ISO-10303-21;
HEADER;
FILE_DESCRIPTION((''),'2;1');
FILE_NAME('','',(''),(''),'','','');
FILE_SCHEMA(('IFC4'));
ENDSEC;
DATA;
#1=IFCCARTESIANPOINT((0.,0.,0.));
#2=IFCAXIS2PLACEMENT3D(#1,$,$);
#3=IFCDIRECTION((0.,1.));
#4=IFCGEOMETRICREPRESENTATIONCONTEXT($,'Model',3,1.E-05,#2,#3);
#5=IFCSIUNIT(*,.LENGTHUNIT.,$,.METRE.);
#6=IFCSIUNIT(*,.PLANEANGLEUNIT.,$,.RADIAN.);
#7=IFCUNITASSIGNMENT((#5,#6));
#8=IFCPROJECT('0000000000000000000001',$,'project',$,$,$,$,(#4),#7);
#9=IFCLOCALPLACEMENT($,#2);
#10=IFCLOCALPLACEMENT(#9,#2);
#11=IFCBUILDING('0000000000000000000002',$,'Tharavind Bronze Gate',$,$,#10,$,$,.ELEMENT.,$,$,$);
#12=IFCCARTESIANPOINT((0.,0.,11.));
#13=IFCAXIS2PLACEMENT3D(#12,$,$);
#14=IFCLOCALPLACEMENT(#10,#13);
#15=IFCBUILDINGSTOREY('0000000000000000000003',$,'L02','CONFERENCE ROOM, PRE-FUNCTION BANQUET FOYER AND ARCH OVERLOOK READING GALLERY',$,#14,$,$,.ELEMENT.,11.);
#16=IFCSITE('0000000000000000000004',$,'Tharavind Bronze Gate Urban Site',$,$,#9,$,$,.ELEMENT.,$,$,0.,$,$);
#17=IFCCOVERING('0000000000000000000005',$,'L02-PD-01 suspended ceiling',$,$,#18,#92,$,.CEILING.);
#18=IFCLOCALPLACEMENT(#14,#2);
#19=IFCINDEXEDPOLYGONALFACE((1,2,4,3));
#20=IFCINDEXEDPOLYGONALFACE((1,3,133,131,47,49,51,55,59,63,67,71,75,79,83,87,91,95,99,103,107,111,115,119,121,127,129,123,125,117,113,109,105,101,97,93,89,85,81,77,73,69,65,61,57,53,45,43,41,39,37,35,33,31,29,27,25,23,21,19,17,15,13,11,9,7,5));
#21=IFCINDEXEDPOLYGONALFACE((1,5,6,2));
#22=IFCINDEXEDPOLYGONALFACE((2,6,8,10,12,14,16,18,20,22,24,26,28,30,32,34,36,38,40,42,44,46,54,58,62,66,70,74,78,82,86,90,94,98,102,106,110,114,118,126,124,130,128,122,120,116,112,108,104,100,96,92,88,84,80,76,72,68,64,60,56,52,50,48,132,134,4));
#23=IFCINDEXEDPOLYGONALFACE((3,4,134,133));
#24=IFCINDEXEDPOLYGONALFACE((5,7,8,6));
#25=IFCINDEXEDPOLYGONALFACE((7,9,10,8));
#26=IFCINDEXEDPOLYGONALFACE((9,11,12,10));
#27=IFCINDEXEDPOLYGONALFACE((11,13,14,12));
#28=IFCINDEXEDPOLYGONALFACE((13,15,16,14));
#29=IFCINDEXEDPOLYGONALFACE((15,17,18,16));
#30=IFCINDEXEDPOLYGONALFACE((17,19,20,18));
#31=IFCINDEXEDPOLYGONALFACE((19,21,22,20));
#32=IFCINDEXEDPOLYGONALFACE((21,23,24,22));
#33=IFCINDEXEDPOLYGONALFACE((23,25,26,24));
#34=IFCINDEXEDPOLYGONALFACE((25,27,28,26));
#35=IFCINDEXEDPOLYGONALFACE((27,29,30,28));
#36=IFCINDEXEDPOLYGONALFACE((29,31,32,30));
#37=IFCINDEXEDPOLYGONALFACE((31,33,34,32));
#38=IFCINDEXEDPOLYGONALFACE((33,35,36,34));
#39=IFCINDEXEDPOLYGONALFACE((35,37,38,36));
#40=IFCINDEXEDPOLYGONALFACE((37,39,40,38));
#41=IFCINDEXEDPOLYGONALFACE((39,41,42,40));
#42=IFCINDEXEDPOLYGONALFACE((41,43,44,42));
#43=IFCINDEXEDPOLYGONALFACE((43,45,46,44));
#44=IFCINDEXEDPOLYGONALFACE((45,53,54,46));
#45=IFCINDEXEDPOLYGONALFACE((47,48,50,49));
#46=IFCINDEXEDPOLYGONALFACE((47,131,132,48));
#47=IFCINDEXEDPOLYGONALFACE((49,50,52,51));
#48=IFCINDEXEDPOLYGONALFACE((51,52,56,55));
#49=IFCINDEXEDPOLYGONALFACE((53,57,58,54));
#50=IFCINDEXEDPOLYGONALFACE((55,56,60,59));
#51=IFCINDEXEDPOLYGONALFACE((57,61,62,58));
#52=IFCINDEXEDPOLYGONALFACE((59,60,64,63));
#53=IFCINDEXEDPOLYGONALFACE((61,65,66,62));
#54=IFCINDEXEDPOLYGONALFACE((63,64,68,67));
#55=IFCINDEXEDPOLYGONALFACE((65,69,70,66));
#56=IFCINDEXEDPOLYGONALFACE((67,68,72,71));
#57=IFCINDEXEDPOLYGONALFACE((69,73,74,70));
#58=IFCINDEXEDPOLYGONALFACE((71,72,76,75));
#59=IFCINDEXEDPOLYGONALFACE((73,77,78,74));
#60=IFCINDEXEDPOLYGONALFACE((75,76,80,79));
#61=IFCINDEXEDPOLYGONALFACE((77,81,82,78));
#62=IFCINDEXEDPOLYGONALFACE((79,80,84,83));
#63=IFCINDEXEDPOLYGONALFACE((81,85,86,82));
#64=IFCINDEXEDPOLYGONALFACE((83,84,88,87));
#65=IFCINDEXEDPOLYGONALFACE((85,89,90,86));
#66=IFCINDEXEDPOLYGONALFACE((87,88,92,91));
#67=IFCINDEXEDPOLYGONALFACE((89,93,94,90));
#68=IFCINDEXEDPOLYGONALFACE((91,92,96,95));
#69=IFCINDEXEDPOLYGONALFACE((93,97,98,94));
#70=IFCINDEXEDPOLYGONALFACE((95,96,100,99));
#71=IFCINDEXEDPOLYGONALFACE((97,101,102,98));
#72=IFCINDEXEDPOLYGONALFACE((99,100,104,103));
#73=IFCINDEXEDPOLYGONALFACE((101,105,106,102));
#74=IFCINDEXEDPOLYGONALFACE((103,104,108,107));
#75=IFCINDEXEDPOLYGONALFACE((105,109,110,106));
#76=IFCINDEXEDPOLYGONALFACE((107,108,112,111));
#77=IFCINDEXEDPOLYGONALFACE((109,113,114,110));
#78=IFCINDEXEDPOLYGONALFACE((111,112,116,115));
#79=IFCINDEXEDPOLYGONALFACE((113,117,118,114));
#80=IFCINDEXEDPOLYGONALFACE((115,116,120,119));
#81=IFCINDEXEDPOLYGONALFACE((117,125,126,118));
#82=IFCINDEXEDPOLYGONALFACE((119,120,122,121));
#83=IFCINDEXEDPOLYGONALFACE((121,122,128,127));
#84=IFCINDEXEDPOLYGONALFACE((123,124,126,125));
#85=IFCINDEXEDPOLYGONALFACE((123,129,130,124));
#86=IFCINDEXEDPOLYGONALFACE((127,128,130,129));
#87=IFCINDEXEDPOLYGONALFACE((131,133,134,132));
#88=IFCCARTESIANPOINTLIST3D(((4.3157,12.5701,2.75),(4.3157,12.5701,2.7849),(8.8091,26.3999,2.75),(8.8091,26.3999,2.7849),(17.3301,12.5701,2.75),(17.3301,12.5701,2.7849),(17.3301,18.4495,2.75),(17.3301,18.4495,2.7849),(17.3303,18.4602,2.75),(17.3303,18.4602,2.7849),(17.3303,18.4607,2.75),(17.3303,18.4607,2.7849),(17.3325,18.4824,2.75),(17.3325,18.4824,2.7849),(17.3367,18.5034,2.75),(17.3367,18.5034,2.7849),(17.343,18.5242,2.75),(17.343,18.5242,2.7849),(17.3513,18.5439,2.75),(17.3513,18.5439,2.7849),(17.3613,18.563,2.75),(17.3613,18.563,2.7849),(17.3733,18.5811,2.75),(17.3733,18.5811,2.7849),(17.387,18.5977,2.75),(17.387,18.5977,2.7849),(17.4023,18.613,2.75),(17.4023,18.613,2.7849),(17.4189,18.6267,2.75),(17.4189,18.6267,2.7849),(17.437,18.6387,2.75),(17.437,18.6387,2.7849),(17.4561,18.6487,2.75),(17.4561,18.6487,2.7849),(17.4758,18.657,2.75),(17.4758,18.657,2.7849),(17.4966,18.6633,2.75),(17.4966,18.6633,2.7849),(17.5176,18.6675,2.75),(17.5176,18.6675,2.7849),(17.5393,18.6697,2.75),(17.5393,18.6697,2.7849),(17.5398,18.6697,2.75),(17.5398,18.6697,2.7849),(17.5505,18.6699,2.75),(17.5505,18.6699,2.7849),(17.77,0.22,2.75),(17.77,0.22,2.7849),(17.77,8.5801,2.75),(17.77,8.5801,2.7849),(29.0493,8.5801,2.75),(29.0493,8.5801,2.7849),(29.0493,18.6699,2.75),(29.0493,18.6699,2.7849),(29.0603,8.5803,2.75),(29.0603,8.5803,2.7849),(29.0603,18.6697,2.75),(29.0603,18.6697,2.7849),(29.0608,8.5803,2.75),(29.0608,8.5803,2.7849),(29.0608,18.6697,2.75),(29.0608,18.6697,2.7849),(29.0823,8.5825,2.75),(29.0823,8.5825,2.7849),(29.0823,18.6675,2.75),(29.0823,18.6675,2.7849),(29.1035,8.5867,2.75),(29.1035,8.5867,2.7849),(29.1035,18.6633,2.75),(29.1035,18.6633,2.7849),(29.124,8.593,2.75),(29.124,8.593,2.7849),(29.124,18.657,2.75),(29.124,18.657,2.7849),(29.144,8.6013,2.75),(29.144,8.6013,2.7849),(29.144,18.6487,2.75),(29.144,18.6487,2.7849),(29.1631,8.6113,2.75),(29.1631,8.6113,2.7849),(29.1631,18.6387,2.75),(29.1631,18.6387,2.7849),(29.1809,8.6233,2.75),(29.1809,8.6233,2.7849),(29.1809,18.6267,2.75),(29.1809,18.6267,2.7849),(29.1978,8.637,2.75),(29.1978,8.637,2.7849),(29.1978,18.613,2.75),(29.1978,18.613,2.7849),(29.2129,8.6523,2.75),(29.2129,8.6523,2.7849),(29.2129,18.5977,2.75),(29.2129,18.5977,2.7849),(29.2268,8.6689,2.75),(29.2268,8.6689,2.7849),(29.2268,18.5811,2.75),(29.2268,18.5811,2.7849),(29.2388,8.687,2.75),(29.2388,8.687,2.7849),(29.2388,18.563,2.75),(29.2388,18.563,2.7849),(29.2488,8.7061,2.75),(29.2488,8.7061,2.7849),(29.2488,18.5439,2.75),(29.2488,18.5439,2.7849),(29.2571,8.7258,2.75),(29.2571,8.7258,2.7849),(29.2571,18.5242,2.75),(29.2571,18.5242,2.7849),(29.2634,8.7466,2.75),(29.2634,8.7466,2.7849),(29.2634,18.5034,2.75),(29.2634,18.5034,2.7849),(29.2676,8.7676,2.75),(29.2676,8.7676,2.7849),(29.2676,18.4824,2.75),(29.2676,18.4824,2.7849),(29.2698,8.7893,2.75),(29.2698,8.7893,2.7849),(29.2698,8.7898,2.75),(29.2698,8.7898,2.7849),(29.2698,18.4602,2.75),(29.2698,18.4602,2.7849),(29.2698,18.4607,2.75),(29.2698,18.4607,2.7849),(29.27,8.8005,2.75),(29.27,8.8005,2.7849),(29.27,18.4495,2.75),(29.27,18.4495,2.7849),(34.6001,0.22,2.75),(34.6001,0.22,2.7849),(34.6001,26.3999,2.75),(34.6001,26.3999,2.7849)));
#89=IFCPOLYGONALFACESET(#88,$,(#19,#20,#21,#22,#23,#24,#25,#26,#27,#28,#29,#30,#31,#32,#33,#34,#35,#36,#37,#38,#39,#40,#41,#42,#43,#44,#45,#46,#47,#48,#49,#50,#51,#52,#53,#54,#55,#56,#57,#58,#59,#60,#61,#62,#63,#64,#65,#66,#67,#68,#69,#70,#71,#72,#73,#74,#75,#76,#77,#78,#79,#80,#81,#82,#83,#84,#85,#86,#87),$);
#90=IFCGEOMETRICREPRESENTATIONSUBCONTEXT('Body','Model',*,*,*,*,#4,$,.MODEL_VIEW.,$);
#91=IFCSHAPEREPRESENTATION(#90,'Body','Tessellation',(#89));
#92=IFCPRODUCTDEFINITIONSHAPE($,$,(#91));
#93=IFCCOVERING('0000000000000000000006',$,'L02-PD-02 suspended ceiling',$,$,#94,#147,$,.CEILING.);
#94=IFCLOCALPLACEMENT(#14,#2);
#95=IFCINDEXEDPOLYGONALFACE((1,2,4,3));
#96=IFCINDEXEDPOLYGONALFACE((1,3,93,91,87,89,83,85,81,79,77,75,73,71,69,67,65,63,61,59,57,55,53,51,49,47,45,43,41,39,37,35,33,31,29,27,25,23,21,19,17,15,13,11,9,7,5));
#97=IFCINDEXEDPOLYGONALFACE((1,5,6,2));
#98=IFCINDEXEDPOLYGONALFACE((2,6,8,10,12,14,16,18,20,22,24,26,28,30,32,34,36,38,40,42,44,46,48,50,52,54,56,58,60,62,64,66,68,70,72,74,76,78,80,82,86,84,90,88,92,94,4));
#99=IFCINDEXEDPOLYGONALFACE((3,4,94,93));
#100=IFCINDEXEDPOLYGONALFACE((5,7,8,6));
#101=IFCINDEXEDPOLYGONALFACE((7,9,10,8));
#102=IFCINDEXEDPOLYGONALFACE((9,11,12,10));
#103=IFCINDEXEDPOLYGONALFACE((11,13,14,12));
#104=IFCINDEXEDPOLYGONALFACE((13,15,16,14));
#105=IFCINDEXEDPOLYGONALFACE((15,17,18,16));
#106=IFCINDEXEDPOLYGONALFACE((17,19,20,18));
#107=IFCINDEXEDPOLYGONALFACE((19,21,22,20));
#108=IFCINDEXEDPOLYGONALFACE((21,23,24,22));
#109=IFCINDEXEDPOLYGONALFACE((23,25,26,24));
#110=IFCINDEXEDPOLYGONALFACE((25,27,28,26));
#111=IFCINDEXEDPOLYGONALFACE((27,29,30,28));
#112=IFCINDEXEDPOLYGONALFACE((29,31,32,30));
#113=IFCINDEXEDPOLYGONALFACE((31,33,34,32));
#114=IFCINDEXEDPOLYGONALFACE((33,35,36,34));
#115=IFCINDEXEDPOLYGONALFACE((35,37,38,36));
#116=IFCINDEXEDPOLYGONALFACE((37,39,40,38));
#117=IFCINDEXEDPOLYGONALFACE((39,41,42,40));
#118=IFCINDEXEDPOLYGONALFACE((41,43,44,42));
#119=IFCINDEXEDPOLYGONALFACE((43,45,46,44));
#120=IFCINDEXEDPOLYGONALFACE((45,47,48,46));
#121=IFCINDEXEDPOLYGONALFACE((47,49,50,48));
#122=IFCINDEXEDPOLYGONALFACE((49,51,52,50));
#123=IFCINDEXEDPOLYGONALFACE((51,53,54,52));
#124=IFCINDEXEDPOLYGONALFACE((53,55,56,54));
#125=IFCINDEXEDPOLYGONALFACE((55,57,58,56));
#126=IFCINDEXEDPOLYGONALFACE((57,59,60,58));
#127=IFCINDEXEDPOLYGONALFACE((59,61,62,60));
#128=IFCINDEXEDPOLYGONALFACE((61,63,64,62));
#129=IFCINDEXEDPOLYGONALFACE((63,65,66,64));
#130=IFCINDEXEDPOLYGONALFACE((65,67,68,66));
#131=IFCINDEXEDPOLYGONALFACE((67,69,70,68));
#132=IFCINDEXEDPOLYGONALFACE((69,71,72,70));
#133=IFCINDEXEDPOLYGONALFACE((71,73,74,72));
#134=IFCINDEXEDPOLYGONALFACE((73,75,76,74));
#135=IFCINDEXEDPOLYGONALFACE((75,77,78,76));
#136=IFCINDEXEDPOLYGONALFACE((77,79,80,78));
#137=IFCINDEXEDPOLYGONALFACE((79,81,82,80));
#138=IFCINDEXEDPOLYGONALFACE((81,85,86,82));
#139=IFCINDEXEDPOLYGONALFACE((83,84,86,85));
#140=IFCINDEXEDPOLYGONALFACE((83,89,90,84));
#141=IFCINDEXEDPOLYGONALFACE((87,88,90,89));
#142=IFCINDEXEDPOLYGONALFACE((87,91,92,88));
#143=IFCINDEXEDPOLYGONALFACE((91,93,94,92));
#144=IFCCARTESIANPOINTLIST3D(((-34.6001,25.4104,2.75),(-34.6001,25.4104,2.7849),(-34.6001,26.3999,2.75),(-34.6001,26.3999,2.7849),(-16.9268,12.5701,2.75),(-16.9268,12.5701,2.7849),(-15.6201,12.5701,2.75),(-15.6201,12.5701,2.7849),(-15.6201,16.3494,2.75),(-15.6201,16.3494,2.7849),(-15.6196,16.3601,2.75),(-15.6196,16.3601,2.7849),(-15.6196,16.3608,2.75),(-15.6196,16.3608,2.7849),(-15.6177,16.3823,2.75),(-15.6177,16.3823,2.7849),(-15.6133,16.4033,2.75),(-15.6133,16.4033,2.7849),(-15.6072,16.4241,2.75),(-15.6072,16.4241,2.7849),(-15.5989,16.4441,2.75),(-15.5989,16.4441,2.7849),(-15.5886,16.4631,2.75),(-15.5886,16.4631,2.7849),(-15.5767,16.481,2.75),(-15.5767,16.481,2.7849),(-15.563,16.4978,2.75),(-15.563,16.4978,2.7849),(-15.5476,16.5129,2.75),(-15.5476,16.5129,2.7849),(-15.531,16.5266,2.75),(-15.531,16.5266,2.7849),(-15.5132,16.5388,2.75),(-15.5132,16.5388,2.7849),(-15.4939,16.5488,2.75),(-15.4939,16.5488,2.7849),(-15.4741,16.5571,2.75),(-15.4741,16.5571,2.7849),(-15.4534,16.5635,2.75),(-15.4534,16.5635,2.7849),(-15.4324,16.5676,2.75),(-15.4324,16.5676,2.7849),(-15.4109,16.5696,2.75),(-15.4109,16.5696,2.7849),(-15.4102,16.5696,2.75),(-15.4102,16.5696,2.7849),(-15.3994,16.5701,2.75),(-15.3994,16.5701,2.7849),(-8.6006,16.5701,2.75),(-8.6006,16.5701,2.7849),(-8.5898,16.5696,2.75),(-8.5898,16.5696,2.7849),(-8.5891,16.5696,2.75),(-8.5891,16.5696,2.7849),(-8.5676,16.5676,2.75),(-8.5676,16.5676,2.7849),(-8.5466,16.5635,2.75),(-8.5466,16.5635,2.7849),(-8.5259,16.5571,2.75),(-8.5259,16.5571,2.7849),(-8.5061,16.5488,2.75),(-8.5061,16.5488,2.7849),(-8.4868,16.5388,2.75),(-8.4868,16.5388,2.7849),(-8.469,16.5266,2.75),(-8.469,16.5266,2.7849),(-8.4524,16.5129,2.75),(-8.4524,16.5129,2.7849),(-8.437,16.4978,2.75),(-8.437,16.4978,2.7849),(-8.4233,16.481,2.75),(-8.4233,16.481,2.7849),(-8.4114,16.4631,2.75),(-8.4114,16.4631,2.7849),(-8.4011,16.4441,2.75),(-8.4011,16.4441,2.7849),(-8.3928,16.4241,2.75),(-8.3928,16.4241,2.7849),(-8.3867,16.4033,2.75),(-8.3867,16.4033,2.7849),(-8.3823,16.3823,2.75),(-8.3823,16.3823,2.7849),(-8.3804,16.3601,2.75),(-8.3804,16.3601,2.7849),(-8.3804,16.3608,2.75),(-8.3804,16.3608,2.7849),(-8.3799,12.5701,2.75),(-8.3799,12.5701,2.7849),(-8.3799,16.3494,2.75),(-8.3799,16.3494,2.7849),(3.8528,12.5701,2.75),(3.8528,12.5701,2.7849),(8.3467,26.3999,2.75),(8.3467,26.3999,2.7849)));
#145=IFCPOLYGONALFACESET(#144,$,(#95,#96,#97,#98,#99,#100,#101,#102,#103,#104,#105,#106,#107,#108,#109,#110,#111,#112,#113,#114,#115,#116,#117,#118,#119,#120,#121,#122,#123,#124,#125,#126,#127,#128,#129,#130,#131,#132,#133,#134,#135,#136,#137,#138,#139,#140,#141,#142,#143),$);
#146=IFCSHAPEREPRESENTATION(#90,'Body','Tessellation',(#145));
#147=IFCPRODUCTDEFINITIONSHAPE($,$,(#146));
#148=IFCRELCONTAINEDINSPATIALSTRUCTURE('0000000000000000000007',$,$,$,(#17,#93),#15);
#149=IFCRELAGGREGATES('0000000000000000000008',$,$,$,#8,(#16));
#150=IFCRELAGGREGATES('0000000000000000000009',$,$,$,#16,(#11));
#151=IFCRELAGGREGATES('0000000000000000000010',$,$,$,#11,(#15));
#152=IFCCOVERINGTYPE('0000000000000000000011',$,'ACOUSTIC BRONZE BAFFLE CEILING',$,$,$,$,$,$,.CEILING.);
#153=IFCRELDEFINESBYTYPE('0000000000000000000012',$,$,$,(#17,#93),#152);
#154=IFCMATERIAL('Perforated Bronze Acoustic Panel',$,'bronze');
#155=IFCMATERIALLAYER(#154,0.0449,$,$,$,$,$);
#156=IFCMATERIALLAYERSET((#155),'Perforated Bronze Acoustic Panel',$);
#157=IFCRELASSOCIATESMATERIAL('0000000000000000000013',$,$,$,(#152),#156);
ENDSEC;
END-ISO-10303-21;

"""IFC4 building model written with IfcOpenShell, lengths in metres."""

from ifc_helpers import new_model, si_unit, direction, frame, origin, place, context, subcontext, project, spatial, polyline, outline, extrude, material, layer, layer_set, type_object, element, save


model = new_model("IFC4")

# Units and contexts
model_context = context("Model", 3, precision=1e-05, world=origin(), true_north=direction((0.0, 1.0)))
body_context = subcontext(model_context, "Body", "Model", "MODEL_VIEW")
ifc_project = project(units=[si_unit("LENGTHUNIT", "METRE"), si_unit("PLANEANGLEUNIT", "RADIAN")], contexts=[model_context])

# Site, building, storey
site_placement = place(None, origin())
site = spatial("IfcSite", under=ifc_project, at=site_placement, Name="Tharavind Bronze Gate Urban Site", CompositionType="ELEMENT", RefElevation=0.0)
building_placement = place(site_placement, origin())
building = spatial("IfcBuilding", under=site, at=building_placement, Name="Tharavind Bronze Gate", CompositionType="ELEMENT")
storey_placement = place(building_placement, frame((0.0, 0.0, 11.0)))
storey = spatial("IfcBuildingStorey", under=building, at=storey_placement, Name="L02", Description="CONFERENCE ROOM, PRE-FUNCTION BANQUET FOYER AND ARCH OVERLOOK READING GALLERY", CompositionType="ELEMENT", Elevation=11.0)

# Coverings
ifc_material_1 = material(Name="Perforated Bronze Acoustic Panel", Category="bronze")
ifc_layer_1 = layer(ifc_material_1, 0.0449)
ifc_layer_set_1 = layer_set([ifc_layer_1], Name="Perforated Bronze Acoustic Panel")
covering_type_1 = type_object("IfcCoveringType", Name="ACOUSTIC BRONZE BAFFLE CEILING", PredefinedType="CEILING", material=ifc_layer_set_1)
covering_1_placement = place(storey_placement, frame((0.0, 0.0, 2.75)))
element("IfcCovering", 1, at=covering_1_placement, inside=storey, type_object=covering_type_1, Name="L02-PD-01 suspended ceiling", PredefinedType="CEILING", context=body_context, shape_type="SweptSolid", body=[
    extrude(outline(polyline([(17.3301, 12.5701), (17.3301, 18.4495), (17.3303, 18.4602), (17.3303, 18.4607), (17.3325, 18.4824), (17.3367, 18.5034), (17.343, 18.5242), (17.3513, 18.5439), (17.3613, 18.563), (17.3733, 18.5811), (17.387, 18.5977), (17.4023, 18.613), (17.4189, 18.6267), (17.437, 18.6387), (17.4561, 18.6487), (17.4758, 18.657), (17.4966, 18.6633), (17.5176, 18.6675), (17.5393, 18.6697), (17.5398, 18.6697), (17.5505, 18.6699), (29.0493, 18.6699), (29.0603, 18.6697), (29.0608, 18.6697), (29.0823, 18.6675), (29.1035, 18.6633), (29.124, 18.657), (29.144, 18.6487), (29.1631, 18.6387), (29.1809, 18.6267), (29.1978, 18.613), (29.2129, 18.5977), (29.2268, 18.5811), (29.2388, 18.563), (29.2488, 18.5439), (29.2571, 18.5242), (29.2634, 18.5034), (29.2676, 18.4824), (29.2698, 18.4607), (29.2698, 18.4602), (29.27, 18.4495), (29.27, 8.8005), (29.2698, 8.7898), (29.2698, 8.7893), (29.2676, 8.7676), (29.2634, 8.7466), (29.2571, 8.7258), (29.2488, 8.7061), (29.2388, 8.687), (29.2268, 8.6689), (29.2129, 8.6523), (29.1978, 8.637), (29.1809, 8.6233), (29.1631, 8.6113), (29.144, 8.6013), (29.124, 8.593), (29.1035, 8.5867), (29.0823, 8.5825), (29.0608, 8.5803), (29.0603, 8.5803), (29.0493, 8.5801), (17.77, 8.5801), (17.77, 0.22), (34.6001, 0.22), (34.6001, 26.3999), (8.8091, 26.3999), (4.3157, 12.5701), (17.3301, 12.5701)])), origin(), (0.0, 0.0, 1.0), 0.0349),
])
covering_2_placement = place(storey_placement, frame((0.0, 0.0, 2.75)))
element("IfcCovering", 2, at=covering_2_placement, inside=storey, type_object=covering_type_1, Name="L02-PD-02 suspended ceiling", PredefinedType="CEILING", context=body_context, shape_type="SweptSolid", body=[
    extrude(outline(polyline([(-34.6001, 25.4104), (-16.9268, 12.5701), (-15.6201, 12.5701), (-15.6201, 16.3494), (-15.6196, 16.3601), (-15.6196, 16.3608), (-15.6177, 16.3823), (-15.6133, 16.4033), (-15.6072, 16.4241), (-15.5989, 16.4441), (-15.5886, 16.4631), (-15.5767, 16.481), (-15.563, 16.4978), (-15.5476, 16.5129), (-15.531, 16.5266), (-15.5132, 16.5388), (-15.4939, 16.5488), (-15.4741, 16.5571), (-15.4534, 16.5635), (-15.4324, 16.5676), (-15.4109, 16.5696), (-15.4102, 16.5696), (-15.3994, 16.5701), (-8.6006, 16.5701), (-8.5898, 16.5696), (-8.5891, 16.5696), (-8.5676, 16.5676), (-8.5466, 16.5635), (-8.5259, 16.5571), (-8.5061, 16.5488), (-8.4868, 16.5388), (-8.469, 16.5266), (-8.4524, 16.5129), (-8.437, 16.4978), (-8.4233, 16.481), (-8.4114, 16.4631), (-8.4011, 16.4441), (-8.3928, 16.4241), (-8.3867, 16.4033), (-8.3823, 16.3823), (-8.3804, 16.3608), (-8.3804, 16.3601), (-8.3799, 16.3494), (-8.3799, 12.5701), (3.8528, 12.5701), (8.3467, 26.3999), (-34.6001, 26.3999), (-34.6001, 25.4104)])), origin(), (0.0, 0.0, 1.0), 0.0349),
])

save(model, "model.ifc")
